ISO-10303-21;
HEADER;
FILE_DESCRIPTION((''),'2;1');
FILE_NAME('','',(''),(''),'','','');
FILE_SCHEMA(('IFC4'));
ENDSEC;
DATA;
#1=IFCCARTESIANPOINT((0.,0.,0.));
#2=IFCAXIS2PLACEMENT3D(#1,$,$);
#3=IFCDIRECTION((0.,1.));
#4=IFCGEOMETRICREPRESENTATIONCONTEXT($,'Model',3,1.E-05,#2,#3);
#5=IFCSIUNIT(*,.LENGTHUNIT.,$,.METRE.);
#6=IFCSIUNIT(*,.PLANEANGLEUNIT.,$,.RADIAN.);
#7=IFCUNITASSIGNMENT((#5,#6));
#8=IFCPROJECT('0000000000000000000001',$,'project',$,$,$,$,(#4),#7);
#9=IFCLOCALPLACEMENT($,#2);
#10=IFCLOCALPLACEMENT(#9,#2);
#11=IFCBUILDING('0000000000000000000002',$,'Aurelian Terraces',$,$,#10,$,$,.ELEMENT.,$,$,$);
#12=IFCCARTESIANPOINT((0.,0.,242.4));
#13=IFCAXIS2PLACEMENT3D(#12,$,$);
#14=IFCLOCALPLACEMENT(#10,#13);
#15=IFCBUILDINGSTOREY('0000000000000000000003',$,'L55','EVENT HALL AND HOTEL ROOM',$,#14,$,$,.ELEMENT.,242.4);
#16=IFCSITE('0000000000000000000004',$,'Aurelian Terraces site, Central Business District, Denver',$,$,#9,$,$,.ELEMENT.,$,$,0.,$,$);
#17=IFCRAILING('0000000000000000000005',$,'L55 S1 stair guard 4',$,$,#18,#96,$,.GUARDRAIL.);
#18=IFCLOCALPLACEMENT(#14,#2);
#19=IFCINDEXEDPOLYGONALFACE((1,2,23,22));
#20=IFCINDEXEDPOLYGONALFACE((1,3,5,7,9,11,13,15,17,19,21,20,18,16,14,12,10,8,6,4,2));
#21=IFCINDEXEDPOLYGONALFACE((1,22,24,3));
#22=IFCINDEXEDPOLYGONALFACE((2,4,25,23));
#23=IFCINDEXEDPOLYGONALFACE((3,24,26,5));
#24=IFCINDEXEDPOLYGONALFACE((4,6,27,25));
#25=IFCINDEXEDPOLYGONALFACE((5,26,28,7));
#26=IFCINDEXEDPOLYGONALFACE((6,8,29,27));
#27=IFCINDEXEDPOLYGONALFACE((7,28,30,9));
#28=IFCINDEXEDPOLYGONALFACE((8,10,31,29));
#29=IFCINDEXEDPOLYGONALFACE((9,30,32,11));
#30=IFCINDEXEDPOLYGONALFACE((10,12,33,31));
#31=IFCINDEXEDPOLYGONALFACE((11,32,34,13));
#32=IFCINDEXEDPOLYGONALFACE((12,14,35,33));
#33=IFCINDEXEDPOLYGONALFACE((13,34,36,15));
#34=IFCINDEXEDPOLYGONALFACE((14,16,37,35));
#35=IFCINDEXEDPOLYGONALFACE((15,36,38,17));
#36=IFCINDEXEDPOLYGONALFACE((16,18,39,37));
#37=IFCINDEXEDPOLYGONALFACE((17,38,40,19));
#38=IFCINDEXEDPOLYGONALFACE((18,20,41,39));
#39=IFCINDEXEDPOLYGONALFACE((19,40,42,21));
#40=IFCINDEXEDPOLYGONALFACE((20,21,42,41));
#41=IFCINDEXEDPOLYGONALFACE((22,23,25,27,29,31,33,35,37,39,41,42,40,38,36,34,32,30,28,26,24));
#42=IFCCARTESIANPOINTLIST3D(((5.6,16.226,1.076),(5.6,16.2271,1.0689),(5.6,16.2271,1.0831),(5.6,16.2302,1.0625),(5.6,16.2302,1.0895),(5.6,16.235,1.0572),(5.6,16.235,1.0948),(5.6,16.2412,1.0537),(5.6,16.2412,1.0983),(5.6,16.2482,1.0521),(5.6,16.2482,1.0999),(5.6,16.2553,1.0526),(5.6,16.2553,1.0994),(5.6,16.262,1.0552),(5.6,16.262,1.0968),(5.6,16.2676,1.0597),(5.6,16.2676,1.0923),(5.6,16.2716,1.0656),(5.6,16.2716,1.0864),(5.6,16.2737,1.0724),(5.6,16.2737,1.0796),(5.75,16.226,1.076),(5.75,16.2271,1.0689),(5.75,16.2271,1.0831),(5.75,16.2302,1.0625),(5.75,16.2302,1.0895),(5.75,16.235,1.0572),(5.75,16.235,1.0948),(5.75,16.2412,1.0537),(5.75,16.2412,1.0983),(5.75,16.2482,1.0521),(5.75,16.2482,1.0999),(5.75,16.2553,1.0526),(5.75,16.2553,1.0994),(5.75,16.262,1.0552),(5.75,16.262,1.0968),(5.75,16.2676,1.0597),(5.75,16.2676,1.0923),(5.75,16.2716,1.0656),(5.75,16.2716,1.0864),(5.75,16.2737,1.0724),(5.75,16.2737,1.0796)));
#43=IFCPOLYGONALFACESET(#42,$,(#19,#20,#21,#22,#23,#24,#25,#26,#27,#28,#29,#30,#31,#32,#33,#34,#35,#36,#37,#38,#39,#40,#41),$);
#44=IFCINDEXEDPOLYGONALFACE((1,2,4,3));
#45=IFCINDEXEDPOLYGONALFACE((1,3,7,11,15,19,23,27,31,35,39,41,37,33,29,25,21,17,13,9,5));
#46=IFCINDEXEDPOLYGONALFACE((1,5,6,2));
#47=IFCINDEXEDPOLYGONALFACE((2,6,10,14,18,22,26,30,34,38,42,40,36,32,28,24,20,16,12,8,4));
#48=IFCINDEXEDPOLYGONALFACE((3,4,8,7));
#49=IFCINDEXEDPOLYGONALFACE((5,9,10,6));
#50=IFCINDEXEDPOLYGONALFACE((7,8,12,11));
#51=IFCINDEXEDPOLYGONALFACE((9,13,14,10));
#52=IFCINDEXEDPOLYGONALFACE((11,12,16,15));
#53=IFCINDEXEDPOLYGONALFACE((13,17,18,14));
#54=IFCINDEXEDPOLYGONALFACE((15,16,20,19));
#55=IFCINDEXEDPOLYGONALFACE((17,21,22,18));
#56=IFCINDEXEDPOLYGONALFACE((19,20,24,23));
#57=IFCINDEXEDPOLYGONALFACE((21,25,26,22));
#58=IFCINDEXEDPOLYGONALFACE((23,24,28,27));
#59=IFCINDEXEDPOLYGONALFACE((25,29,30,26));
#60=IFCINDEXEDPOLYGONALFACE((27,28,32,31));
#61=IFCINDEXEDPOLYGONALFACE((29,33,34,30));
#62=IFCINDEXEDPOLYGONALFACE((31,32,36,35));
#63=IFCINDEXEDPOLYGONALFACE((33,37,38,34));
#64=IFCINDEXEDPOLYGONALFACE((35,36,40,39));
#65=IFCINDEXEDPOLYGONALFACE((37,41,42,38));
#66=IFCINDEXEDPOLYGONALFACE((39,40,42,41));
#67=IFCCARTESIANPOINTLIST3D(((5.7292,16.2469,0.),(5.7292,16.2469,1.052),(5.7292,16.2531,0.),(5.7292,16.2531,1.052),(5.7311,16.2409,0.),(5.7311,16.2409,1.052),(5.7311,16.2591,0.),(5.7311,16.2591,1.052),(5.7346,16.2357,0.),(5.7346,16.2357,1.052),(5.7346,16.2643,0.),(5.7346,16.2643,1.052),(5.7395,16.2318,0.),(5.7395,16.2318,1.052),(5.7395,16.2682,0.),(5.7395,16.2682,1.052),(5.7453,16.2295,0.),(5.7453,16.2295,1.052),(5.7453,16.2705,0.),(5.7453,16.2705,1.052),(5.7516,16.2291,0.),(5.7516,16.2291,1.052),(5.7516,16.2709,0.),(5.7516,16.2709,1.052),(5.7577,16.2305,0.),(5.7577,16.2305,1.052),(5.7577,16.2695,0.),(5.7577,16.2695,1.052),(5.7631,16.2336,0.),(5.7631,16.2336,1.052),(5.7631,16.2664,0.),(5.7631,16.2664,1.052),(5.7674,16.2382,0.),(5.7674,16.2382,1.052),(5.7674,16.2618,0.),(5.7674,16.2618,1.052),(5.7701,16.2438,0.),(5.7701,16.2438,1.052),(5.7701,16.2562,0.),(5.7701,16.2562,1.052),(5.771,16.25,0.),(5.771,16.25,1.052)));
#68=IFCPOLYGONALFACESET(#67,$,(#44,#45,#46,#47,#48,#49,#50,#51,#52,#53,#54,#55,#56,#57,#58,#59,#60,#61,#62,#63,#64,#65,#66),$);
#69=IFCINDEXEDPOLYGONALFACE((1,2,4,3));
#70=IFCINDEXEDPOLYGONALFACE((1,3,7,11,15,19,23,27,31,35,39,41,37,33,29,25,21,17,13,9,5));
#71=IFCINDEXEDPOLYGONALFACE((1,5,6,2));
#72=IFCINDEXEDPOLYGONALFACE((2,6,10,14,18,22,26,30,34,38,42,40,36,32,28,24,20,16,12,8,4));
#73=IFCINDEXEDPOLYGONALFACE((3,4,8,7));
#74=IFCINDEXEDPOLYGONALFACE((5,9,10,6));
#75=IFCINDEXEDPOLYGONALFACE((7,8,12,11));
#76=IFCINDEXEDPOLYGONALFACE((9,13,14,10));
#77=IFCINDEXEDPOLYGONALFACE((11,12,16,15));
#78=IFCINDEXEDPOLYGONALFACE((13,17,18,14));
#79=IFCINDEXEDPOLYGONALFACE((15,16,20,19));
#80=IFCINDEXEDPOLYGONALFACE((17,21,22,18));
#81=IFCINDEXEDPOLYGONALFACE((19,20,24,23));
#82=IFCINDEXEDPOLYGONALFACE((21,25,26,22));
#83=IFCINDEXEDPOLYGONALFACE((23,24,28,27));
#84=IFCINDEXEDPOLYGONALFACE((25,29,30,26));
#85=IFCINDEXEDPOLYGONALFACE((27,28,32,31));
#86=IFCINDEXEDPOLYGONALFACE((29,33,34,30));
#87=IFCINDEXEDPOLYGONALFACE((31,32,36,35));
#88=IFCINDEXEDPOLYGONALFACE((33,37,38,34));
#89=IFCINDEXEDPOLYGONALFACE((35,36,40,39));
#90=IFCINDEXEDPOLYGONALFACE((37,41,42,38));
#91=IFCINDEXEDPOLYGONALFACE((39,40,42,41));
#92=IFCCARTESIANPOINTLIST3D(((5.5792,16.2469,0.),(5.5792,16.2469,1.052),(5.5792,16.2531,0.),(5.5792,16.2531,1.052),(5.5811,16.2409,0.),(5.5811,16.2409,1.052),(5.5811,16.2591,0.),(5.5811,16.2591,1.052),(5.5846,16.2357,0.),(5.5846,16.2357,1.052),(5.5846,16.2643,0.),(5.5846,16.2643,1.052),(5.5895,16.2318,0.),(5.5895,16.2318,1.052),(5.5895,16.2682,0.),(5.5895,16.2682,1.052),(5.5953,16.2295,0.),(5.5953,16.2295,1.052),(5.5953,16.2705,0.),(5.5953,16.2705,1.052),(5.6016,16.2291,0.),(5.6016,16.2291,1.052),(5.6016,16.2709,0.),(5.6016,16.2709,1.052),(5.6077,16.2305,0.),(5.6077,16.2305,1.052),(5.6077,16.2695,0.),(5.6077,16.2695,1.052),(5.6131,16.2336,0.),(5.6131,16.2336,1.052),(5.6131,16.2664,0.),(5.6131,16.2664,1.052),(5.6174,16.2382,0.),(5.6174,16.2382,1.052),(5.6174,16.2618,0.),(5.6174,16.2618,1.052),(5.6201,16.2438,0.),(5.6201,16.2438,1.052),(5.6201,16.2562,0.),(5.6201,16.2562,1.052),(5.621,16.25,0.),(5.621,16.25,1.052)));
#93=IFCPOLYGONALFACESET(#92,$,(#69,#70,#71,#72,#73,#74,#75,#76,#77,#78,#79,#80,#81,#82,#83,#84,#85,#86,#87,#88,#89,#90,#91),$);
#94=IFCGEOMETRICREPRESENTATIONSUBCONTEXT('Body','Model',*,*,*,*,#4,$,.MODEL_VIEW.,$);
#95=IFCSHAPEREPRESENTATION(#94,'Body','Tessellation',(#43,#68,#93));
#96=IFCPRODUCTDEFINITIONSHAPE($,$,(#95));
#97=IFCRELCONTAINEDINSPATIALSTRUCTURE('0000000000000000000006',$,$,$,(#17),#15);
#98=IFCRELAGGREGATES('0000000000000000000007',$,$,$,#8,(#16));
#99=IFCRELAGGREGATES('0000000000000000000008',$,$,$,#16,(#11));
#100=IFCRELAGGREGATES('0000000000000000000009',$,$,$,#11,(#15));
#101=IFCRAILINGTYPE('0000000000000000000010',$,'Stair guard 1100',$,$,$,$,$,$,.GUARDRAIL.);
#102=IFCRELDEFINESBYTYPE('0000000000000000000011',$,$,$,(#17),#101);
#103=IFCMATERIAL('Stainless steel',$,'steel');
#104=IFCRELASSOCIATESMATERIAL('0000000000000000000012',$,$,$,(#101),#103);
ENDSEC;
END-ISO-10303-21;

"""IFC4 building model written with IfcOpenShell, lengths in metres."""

from ifc_helpers import new_model, si_unit, direction, frame, origin, origin_2d, place, context, subcontext, project, spatial, circle, extrude, source, transform, mapped, material, type_object, element, save


model = new_model("IFC4")

# Units and contexts
model_context = context("Model", 3, precision=1e-05, world=origin(), true_north=direction((0.0, 1.0)))
body_context = subcontext(model_context, "Body", "Model", "MODEL_VIEW")
ifc_project = project(units=[si_unit("LENGTHUNIT", "METRE"), si_unit("PLANEANGLEUNIT", "RADIAN")], contexts=[model_context])

# Site, building, storey
site_placement = place(None, origin())
site = spatial("IfcSite", under=ifc_project, at=site_placement, Name="Aurelian Terraces site, Central Business District, Denver", CompositionType="ELEMENT", RefElevation=0.0)
building_placement = place(site_placement, origin())
building = spatial("IfcBuilding", under=site, at=building_placement, Name="Aurelian Terraces", CompositionType="ELEMENT")
storey_placement = place(building_placement, frame((0.0, 0.0, 242.4)))
storey = spatial("IfcBuildingStorey", under=building, at=storey_placement, Name="L55", Description="EVENT HALL AND HOTEL ROOM", CompositionType="ELEMENT", Elevation=242.4)

# Shared definitions
ifc_material_1 = material(Name="Stainless steel", Category="steel")

# Railing
railing_type_1 = type_object("IfcRailingType", Name="Stair guard 1100", PredefinedType="GUARDRAIL", material=ifc_material_1)
shared_shape_1 = source(origin(), body_context, "Body", "SweptSolid", [
    extrude(circle(Radius=0.024, at=origin_2d()), frame((0.0, 0.0, 1.076), z_axis=(-1.0, 0.0, 0.0), x_axis=(0.0, -1.0, 0.0)), (0.0, 0.0, 1.0), 0.15),
    extrude(circle(Radius=0.021, at=origin_2d()), origin(), (0.0, 0.0, 1.0), 1.052),
    extrude(circle(Radius=0.021, at=origin_2d()), frame((-0.15, 0.0, 0.0)), (0.0, 0.0, 1.0), 1.052),
])
railing_1_placement = place(storey_placement, frame((5.75, 16.25, 0.0)))
element("IfcRailing", 1, at=railing_1_placement, inside=storey, type_object=railing_type_1, Name="L55 S1 stair guard 4", PredefinedType="GUARDRAIL", context=body_context, shape_type="MappedRepresentation", body=[
    mapped(shared_shape_1, transform((0.0, 0.0, 0.0), scale=1.0)),
])

save(model, "model.ifc")
